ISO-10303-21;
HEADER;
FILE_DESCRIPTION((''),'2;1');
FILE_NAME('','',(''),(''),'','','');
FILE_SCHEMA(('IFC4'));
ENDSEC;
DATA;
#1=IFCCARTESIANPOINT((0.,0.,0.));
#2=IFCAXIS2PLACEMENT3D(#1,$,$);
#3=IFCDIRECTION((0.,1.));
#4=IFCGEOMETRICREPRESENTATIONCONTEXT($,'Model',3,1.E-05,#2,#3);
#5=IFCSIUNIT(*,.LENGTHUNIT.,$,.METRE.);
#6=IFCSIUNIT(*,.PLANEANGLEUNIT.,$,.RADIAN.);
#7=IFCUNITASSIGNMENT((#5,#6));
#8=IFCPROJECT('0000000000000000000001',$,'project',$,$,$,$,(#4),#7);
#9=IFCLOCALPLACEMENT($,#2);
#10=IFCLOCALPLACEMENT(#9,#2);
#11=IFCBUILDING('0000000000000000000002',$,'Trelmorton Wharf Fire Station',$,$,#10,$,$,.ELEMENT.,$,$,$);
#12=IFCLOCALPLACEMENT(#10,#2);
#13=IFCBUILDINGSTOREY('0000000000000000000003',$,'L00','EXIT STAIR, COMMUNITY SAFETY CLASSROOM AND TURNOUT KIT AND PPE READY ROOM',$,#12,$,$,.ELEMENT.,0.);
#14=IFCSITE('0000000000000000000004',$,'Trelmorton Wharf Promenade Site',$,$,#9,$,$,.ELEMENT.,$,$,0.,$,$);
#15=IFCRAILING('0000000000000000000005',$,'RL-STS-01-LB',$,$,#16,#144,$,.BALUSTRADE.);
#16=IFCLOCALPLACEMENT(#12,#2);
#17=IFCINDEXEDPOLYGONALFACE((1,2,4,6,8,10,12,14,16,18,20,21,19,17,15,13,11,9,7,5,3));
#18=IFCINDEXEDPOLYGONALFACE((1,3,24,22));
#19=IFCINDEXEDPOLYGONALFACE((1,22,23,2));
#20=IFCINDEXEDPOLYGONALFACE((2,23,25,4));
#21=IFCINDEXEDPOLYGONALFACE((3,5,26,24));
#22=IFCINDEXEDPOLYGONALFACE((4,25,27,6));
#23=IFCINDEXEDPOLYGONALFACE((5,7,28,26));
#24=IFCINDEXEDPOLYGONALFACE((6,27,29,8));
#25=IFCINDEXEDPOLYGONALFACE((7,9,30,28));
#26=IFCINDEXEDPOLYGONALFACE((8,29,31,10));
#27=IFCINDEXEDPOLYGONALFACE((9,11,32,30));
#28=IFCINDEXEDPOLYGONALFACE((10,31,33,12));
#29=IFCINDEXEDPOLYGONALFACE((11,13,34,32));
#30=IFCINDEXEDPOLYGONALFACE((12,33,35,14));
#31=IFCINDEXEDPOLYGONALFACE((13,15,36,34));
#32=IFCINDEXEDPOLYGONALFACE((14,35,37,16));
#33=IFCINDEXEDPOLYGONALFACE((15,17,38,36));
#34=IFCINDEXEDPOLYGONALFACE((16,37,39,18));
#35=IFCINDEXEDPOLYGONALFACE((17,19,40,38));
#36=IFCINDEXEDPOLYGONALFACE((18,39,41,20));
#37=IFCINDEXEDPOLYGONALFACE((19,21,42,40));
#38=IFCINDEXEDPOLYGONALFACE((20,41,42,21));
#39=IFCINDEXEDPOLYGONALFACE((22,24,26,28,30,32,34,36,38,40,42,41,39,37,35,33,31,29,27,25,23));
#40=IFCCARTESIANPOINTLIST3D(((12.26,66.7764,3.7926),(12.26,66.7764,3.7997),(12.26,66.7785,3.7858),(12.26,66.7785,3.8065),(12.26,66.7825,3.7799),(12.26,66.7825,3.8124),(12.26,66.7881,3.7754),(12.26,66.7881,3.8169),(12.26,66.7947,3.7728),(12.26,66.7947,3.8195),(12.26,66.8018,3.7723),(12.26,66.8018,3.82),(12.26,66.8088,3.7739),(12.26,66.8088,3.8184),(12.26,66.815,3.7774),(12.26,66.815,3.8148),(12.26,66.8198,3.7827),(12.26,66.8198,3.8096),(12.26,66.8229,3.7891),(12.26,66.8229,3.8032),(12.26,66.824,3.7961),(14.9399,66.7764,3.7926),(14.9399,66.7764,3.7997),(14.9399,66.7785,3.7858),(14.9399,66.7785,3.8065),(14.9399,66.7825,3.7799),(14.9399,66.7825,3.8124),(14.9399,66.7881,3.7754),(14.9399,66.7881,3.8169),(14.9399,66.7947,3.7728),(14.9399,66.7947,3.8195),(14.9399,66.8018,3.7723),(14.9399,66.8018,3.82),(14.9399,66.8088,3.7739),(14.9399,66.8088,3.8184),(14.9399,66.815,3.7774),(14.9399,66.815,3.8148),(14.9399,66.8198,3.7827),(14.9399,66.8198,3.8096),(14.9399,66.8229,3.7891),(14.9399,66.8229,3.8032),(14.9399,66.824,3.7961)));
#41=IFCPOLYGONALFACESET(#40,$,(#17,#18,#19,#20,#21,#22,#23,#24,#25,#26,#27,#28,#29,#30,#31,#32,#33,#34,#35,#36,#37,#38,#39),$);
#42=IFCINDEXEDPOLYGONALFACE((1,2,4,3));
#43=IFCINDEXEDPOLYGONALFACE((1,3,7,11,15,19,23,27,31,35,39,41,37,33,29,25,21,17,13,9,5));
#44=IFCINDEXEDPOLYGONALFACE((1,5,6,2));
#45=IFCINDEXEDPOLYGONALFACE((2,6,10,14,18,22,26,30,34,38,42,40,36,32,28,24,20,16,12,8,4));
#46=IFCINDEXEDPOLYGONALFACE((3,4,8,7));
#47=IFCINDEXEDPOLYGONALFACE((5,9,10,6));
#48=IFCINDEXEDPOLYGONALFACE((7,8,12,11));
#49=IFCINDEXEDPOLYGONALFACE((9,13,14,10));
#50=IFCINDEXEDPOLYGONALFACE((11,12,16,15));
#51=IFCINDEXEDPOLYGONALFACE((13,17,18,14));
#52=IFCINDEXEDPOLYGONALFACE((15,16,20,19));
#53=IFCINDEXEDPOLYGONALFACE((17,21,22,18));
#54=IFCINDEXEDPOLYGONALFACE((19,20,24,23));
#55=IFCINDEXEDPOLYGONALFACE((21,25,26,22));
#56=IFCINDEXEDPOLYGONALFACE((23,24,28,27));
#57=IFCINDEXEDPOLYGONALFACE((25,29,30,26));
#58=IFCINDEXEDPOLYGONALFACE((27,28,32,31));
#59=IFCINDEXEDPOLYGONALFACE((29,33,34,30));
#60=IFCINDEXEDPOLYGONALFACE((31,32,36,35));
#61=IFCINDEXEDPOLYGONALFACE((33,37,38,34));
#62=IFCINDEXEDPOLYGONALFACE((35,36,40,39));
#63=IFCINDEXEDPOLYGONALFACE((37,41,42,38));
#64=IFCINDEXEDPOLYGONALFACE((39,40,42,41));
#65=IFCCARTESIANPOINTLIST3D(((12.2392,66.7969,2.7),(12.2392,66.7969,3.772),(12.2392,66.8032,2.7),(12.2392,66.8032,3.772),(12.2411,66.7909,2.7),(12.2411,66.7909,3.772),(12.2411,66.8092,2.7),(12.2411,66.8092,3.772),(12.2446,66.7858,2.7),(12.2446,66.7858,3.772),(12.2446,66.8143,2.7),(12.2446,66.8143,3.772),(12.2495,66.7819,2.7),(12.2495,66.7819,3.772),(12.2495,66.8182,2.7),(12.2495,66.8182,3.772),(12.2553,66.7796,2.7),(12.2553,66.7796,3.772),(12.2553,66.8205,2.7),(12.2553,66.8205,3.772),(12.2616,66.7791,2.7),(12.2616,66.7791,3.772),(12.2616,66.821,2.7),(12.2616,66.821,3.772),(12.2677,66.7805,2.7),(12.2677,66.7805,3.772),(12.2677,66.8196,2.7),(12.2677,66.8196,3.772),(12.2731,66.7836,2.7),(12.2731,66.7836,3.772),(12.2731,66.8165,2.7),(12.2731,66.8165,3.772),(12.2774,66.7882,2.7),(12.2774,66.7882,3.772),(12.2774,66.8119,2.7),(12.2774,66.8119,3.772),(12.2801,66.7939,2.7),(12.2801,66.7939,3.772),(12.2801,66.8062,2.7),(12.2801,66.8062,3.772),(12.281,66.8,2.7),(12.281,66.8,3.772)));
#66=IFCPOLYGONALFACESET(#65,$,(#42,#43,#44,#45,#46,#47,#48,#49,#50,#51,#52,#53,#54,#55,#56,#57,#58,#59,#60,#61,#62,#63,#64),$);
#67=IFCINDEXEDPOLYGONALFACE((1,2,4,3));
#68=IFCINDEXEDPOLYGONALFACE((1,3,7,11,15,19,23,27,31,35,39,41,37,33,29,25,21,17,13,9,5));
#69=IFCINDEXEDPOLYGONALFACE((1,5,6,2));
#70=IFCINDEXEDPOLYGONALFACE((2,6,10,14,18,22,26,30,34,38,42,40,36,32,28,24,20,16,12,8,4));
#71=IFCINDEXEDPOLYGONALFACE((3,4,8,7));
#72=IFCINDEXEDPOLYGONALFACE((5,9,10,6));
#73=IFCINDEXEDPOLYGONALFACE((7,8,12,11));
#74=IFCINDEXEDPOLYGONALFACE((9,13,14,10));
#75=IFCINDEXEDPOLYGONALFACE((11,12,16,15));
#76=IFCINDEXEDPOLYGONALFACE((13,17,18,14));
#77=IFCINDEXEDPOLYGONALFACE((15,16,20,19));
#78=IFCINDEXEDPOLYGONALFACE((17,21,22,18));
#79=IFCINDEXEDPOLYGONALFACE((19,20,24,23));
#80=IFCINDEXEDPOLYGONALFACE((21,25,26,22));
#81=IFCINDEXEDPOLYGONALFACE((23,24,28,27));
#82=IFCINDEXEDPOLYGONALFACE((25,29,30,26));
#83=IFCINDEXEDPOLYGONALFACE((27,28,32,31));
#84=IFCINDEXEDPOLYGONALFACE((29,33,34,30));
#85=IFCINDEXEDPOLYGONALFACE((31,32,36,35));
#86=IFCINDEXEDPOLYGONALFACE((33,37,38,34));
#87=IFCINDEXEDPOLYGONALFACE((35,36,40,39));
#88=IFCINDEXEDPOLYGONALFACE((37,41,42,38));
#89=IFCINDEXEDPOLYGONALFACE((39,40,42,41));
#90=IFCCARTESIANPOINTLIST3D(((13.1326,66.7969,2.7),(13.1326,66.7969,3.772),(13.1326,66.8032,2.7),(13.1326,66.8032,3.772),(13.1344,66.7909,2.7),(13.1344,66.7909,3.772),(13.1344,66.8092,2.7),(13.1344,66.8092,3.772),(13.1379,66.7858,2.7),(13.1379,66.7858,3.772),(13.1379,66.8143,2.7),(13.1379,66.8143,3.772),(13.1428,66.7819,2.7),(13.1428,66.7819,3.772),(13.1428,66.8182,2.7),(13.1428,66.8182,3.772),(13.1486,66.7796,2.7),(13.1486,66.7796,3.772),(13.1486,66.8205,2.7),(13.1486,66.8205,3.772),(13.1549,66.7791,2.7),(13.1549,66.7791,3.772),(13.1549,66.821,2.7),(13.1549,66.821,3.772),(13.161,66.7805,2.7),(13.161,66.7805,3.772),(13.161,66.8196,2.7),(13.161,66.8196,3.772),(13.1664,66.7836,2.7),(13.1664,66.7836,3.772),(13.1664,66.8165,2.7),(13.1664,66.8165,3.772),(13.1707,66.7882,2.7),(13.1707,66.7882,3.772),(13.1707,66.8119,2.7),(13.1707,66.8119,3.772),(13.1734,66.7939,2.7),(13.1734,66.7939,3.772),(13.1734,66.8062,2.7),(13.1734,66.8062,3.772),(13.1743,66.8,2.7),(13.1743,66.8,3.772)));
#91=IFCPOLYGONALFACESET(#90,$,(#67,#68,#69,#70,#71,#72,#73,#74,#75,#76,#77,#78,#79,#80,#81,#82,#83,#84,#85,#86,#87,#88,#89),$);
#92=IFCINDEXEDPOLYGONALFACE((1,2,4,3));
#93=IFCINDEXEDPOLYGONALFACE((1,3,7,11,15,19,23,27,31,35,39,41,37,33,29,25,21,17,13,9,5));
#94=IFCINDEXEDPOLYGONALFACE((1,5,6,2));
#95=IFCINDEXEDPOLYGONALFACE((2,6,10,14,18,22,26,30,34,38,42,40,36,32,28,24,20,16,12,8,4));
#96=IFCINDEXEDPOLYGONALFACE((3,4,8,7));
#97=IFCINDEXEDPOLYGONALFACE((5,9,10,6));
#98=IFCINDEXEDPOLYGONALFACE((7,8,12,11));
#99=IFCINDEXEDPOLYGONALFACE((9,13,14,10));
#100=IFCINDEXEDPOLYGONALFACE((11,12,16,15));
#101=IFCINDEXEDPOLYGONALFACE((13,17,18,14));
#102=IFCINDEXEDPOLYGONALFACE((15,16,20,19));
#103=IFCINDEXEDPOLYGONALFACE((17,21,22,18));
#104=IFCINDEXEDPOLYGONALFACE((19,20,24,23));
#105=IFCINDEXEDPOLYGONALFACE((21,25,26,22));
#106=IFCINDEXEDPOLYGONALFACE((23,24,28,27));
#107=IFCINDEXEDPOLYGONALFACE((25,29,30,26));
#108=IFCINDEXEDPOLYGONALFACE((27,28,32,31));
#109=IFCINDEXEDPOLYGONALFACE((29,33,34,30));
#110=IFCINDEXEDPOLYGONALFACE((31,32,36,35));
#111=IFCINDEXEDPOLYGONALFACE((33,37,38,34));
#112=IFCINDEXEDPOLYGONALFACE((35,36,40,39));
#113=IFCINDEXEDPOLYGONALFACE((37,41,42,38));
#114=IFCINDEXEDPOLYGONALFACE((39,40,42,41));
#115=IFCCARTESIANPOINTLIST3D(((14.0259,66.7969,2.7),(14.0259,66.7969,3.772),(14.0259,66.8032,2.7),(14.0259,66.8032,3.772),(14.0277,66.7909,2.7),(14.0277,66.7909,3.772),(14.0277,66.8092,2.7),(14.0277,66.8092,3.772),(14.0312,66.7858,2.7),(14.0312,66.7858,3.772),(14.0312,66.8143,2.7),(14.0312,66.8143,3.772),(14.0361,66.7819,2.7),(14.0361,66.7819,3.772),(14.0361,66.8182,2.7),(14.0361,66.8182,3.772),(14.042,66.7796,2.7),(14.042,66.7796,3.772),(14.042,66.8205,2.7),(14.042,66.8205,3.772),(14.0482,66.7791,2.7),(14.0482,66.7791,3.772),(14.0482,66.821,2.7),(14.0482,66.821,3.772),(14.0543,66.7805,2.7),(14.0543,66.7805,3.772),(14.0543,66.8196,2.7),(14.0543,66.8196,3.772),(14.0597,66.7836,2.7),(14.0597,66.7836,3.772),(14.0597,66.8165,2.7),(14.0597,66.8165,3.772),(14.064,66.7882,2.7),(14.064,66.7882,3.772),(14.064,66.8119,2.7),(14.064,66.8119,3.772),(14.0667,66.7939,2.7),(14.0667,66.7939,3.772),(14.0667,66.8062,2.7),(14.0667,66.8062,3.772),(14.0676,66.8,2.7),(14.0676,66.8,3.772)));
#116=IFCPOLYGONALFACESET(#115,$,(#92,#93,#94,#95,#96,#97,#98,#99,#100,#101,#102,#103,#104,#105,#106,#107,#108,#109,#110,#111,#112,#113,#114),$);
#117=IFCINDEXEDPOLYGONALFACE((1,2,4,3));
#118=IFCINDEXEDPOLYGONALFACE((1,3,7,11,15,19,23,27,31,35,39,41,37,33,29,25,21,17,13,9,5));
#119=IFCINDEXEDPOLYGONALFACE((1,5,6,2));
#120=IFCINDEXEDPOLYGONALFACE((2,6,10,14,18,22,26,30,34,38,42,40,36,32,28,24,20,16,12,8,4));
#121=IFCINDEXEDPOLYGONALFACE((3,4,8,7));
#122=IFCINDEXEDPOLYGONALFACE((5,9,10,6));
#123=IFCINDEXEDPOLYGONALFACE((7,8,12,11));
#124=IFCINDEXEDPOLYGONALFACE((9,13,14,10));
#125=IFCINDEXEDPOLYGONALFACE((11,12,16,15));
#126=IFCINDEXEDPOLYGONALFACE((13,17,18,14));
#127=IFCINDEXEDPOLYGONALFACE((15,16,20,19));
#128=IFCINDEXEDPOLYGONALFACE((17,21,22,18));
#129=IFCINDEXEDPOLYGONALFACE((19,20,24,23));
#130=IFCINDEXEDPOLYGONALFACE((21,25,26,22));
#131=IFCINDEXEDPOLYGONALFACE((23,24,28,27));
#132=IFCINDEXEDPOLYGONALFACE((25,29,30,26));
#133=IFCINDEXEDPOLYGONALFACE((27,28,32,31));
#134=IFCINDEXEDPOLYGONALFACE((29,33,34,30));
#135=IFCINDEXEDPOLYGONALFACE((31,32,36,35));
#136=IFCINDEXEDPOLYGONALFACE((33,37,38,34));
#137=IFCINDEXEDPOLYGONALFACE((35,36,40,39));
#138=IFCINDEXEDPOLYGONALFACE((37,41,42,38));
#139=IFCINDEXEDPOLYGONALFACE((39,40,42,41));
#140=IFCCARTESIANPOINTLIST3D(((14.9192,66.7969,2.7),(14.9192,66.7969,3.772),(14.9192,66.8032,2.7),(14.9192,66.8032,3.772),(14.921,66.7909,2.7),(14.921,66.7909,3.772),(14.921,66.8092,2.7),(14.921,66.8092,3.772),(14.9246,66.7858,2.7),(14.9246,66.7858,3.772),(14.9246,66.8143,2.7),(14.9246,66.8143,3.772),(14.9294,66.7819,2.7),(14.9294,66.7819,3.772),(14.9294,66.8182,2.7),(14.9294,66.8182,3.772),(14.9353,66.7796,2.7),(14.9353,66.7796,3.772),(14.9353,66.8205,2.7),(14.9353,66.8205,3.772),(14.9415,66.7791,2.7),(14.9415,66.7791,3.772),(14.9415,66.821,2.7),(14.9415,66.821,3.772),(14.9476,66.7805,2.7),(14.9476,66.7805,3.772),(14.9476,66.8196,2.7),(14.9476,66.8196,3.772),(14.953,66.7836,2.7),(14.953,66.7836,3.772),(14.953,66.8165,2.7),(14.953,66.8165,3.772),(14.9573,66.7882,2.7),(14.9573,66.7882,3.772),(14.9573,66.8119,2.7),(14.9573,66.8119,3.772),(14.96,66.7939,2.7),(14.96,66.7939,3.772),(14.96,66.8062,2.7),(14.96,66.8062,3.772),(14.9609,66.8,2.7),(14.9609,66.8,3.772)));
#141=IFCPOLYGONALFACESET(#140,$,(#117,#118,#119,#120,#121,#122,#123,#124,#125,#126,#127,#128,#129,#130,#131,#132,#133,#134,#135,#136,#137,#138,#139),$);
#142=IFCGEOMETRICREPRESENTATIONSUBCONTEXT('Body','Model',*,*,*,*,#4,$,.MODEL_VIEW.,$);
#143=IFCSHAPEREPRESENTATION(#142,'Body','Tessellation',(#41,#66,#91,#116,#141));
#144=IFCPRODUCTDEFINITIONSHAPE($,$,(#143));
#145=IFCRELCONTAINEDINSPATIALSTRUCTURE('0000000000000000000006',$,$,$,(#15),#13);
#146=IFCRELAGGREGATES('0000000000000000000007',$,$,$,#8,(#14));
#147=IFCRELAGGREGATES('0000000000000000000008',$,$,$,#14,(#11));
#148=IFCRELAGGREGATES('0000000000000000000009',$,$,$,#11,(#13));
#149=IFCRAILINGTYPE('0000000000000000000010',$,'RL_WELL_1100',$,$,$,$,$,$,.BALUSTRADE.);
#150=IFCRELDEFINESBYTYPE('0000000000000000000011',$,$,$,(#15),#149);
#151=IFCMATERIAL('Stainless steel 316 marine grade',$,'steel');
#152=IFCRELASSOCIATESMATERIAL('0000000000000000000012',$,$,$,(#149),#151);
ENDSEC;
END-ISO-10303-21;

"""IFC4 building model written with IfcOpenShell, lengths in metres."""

from ifc_helpers import new_model, si_unit, direction, frame, origin, origin_2d, place, context, subcontext, project, spatial, circle, extrude, material, type_object, element, save


model = new_model("IFC4")

# Units and contexts
model_context = context("Model", 3, precision=1e-05, world=origin(), true_north=direction((0.0, 1.0)))
body_context = subcontext(model_context, "Body", "Model", "MODEL_VIEW")
ifc_project = project(units=[si_unit("LENGTHUNIT", "METRE"), si_unit("PLANEANGLEUNIT", "RADIAN")], contexts=[model_context])

# Site, building, storey
site_placement = place(None, origin())
site = spatial("IfcSite", under=ifc_project, at=site_placement, Name="Trelmorton Wharf Promenade Site", CompositionType="ELEMENT", RefElevation=0.0)
building_placement = place(site_placement, origin())
building = spatial("IfcBuilding", under=site, at=building_placement, Name="Trelmorton Wharf Fire Station", CompositionType="ELEMENT")
storey_placement = place(building_placement, origin())
storey = spatial("IfcBuildingStorey", under=building, at=storey_placement, Name="L00", Description="EXIT STAIR, COMMUNITY SAFETY CLASSROOM AND TURNOUT KIT AND PPE READY ROOM", CompositionType="ELEMENT", Elevation=0.0)

# Shared definitions
ifc_material_1 = material(Name="Stainless steel 316 marine grade", Category="steel")

# Railing
railing_type = type_object("IfcRailingType", Name="RL_WELL_1100", PredefinedType="BALUSTRADE", material=ifc_material_1)
railing_1_placement = place(storey_placement, frame((12.26, 66.8, 2.7)))
element("IfcRailing", 1, at=railing_1_placement, inside=storey, type_object=railing_type, Name="RL-STS-01-LB", PredefinedType="BALUSTRADE", context=body_context, shape_type="SweptSolid", body=[
    extrude(circle(Radius=0.0239, at=origin_2d()), frame((0.0, 0.0, 1.0962), z_axis=(1.0, 0.0, 0.0), x_axis=(0.0, 1.0, 0.0)), (0.0, 0.0, 1.0), 2.6799),
    extrude(circle(Radius=0.021, at=origin_2d()), origin(), (0.0, 0.0, 1.0), 1.072),
    extrude(circle(Radius=0.021, at=origin_2d()), frame((0.8933, 0.0, 0.0)), (0.0, 0.0, 1.0), 1.072),
    extrude(circle(Radius=0.021, at=origin_2d()), frame((1.7866, 0.0, 0.0)), (0.0, 0.0, 1.0), 1.072),
    extrude(circle(Radius=0.021, at=origin_2d()), frame((2.6799, 0.0, 0.0)), (0.0, 0.0, 1.0), 1.072),
])

save(model, "model.ifc")
